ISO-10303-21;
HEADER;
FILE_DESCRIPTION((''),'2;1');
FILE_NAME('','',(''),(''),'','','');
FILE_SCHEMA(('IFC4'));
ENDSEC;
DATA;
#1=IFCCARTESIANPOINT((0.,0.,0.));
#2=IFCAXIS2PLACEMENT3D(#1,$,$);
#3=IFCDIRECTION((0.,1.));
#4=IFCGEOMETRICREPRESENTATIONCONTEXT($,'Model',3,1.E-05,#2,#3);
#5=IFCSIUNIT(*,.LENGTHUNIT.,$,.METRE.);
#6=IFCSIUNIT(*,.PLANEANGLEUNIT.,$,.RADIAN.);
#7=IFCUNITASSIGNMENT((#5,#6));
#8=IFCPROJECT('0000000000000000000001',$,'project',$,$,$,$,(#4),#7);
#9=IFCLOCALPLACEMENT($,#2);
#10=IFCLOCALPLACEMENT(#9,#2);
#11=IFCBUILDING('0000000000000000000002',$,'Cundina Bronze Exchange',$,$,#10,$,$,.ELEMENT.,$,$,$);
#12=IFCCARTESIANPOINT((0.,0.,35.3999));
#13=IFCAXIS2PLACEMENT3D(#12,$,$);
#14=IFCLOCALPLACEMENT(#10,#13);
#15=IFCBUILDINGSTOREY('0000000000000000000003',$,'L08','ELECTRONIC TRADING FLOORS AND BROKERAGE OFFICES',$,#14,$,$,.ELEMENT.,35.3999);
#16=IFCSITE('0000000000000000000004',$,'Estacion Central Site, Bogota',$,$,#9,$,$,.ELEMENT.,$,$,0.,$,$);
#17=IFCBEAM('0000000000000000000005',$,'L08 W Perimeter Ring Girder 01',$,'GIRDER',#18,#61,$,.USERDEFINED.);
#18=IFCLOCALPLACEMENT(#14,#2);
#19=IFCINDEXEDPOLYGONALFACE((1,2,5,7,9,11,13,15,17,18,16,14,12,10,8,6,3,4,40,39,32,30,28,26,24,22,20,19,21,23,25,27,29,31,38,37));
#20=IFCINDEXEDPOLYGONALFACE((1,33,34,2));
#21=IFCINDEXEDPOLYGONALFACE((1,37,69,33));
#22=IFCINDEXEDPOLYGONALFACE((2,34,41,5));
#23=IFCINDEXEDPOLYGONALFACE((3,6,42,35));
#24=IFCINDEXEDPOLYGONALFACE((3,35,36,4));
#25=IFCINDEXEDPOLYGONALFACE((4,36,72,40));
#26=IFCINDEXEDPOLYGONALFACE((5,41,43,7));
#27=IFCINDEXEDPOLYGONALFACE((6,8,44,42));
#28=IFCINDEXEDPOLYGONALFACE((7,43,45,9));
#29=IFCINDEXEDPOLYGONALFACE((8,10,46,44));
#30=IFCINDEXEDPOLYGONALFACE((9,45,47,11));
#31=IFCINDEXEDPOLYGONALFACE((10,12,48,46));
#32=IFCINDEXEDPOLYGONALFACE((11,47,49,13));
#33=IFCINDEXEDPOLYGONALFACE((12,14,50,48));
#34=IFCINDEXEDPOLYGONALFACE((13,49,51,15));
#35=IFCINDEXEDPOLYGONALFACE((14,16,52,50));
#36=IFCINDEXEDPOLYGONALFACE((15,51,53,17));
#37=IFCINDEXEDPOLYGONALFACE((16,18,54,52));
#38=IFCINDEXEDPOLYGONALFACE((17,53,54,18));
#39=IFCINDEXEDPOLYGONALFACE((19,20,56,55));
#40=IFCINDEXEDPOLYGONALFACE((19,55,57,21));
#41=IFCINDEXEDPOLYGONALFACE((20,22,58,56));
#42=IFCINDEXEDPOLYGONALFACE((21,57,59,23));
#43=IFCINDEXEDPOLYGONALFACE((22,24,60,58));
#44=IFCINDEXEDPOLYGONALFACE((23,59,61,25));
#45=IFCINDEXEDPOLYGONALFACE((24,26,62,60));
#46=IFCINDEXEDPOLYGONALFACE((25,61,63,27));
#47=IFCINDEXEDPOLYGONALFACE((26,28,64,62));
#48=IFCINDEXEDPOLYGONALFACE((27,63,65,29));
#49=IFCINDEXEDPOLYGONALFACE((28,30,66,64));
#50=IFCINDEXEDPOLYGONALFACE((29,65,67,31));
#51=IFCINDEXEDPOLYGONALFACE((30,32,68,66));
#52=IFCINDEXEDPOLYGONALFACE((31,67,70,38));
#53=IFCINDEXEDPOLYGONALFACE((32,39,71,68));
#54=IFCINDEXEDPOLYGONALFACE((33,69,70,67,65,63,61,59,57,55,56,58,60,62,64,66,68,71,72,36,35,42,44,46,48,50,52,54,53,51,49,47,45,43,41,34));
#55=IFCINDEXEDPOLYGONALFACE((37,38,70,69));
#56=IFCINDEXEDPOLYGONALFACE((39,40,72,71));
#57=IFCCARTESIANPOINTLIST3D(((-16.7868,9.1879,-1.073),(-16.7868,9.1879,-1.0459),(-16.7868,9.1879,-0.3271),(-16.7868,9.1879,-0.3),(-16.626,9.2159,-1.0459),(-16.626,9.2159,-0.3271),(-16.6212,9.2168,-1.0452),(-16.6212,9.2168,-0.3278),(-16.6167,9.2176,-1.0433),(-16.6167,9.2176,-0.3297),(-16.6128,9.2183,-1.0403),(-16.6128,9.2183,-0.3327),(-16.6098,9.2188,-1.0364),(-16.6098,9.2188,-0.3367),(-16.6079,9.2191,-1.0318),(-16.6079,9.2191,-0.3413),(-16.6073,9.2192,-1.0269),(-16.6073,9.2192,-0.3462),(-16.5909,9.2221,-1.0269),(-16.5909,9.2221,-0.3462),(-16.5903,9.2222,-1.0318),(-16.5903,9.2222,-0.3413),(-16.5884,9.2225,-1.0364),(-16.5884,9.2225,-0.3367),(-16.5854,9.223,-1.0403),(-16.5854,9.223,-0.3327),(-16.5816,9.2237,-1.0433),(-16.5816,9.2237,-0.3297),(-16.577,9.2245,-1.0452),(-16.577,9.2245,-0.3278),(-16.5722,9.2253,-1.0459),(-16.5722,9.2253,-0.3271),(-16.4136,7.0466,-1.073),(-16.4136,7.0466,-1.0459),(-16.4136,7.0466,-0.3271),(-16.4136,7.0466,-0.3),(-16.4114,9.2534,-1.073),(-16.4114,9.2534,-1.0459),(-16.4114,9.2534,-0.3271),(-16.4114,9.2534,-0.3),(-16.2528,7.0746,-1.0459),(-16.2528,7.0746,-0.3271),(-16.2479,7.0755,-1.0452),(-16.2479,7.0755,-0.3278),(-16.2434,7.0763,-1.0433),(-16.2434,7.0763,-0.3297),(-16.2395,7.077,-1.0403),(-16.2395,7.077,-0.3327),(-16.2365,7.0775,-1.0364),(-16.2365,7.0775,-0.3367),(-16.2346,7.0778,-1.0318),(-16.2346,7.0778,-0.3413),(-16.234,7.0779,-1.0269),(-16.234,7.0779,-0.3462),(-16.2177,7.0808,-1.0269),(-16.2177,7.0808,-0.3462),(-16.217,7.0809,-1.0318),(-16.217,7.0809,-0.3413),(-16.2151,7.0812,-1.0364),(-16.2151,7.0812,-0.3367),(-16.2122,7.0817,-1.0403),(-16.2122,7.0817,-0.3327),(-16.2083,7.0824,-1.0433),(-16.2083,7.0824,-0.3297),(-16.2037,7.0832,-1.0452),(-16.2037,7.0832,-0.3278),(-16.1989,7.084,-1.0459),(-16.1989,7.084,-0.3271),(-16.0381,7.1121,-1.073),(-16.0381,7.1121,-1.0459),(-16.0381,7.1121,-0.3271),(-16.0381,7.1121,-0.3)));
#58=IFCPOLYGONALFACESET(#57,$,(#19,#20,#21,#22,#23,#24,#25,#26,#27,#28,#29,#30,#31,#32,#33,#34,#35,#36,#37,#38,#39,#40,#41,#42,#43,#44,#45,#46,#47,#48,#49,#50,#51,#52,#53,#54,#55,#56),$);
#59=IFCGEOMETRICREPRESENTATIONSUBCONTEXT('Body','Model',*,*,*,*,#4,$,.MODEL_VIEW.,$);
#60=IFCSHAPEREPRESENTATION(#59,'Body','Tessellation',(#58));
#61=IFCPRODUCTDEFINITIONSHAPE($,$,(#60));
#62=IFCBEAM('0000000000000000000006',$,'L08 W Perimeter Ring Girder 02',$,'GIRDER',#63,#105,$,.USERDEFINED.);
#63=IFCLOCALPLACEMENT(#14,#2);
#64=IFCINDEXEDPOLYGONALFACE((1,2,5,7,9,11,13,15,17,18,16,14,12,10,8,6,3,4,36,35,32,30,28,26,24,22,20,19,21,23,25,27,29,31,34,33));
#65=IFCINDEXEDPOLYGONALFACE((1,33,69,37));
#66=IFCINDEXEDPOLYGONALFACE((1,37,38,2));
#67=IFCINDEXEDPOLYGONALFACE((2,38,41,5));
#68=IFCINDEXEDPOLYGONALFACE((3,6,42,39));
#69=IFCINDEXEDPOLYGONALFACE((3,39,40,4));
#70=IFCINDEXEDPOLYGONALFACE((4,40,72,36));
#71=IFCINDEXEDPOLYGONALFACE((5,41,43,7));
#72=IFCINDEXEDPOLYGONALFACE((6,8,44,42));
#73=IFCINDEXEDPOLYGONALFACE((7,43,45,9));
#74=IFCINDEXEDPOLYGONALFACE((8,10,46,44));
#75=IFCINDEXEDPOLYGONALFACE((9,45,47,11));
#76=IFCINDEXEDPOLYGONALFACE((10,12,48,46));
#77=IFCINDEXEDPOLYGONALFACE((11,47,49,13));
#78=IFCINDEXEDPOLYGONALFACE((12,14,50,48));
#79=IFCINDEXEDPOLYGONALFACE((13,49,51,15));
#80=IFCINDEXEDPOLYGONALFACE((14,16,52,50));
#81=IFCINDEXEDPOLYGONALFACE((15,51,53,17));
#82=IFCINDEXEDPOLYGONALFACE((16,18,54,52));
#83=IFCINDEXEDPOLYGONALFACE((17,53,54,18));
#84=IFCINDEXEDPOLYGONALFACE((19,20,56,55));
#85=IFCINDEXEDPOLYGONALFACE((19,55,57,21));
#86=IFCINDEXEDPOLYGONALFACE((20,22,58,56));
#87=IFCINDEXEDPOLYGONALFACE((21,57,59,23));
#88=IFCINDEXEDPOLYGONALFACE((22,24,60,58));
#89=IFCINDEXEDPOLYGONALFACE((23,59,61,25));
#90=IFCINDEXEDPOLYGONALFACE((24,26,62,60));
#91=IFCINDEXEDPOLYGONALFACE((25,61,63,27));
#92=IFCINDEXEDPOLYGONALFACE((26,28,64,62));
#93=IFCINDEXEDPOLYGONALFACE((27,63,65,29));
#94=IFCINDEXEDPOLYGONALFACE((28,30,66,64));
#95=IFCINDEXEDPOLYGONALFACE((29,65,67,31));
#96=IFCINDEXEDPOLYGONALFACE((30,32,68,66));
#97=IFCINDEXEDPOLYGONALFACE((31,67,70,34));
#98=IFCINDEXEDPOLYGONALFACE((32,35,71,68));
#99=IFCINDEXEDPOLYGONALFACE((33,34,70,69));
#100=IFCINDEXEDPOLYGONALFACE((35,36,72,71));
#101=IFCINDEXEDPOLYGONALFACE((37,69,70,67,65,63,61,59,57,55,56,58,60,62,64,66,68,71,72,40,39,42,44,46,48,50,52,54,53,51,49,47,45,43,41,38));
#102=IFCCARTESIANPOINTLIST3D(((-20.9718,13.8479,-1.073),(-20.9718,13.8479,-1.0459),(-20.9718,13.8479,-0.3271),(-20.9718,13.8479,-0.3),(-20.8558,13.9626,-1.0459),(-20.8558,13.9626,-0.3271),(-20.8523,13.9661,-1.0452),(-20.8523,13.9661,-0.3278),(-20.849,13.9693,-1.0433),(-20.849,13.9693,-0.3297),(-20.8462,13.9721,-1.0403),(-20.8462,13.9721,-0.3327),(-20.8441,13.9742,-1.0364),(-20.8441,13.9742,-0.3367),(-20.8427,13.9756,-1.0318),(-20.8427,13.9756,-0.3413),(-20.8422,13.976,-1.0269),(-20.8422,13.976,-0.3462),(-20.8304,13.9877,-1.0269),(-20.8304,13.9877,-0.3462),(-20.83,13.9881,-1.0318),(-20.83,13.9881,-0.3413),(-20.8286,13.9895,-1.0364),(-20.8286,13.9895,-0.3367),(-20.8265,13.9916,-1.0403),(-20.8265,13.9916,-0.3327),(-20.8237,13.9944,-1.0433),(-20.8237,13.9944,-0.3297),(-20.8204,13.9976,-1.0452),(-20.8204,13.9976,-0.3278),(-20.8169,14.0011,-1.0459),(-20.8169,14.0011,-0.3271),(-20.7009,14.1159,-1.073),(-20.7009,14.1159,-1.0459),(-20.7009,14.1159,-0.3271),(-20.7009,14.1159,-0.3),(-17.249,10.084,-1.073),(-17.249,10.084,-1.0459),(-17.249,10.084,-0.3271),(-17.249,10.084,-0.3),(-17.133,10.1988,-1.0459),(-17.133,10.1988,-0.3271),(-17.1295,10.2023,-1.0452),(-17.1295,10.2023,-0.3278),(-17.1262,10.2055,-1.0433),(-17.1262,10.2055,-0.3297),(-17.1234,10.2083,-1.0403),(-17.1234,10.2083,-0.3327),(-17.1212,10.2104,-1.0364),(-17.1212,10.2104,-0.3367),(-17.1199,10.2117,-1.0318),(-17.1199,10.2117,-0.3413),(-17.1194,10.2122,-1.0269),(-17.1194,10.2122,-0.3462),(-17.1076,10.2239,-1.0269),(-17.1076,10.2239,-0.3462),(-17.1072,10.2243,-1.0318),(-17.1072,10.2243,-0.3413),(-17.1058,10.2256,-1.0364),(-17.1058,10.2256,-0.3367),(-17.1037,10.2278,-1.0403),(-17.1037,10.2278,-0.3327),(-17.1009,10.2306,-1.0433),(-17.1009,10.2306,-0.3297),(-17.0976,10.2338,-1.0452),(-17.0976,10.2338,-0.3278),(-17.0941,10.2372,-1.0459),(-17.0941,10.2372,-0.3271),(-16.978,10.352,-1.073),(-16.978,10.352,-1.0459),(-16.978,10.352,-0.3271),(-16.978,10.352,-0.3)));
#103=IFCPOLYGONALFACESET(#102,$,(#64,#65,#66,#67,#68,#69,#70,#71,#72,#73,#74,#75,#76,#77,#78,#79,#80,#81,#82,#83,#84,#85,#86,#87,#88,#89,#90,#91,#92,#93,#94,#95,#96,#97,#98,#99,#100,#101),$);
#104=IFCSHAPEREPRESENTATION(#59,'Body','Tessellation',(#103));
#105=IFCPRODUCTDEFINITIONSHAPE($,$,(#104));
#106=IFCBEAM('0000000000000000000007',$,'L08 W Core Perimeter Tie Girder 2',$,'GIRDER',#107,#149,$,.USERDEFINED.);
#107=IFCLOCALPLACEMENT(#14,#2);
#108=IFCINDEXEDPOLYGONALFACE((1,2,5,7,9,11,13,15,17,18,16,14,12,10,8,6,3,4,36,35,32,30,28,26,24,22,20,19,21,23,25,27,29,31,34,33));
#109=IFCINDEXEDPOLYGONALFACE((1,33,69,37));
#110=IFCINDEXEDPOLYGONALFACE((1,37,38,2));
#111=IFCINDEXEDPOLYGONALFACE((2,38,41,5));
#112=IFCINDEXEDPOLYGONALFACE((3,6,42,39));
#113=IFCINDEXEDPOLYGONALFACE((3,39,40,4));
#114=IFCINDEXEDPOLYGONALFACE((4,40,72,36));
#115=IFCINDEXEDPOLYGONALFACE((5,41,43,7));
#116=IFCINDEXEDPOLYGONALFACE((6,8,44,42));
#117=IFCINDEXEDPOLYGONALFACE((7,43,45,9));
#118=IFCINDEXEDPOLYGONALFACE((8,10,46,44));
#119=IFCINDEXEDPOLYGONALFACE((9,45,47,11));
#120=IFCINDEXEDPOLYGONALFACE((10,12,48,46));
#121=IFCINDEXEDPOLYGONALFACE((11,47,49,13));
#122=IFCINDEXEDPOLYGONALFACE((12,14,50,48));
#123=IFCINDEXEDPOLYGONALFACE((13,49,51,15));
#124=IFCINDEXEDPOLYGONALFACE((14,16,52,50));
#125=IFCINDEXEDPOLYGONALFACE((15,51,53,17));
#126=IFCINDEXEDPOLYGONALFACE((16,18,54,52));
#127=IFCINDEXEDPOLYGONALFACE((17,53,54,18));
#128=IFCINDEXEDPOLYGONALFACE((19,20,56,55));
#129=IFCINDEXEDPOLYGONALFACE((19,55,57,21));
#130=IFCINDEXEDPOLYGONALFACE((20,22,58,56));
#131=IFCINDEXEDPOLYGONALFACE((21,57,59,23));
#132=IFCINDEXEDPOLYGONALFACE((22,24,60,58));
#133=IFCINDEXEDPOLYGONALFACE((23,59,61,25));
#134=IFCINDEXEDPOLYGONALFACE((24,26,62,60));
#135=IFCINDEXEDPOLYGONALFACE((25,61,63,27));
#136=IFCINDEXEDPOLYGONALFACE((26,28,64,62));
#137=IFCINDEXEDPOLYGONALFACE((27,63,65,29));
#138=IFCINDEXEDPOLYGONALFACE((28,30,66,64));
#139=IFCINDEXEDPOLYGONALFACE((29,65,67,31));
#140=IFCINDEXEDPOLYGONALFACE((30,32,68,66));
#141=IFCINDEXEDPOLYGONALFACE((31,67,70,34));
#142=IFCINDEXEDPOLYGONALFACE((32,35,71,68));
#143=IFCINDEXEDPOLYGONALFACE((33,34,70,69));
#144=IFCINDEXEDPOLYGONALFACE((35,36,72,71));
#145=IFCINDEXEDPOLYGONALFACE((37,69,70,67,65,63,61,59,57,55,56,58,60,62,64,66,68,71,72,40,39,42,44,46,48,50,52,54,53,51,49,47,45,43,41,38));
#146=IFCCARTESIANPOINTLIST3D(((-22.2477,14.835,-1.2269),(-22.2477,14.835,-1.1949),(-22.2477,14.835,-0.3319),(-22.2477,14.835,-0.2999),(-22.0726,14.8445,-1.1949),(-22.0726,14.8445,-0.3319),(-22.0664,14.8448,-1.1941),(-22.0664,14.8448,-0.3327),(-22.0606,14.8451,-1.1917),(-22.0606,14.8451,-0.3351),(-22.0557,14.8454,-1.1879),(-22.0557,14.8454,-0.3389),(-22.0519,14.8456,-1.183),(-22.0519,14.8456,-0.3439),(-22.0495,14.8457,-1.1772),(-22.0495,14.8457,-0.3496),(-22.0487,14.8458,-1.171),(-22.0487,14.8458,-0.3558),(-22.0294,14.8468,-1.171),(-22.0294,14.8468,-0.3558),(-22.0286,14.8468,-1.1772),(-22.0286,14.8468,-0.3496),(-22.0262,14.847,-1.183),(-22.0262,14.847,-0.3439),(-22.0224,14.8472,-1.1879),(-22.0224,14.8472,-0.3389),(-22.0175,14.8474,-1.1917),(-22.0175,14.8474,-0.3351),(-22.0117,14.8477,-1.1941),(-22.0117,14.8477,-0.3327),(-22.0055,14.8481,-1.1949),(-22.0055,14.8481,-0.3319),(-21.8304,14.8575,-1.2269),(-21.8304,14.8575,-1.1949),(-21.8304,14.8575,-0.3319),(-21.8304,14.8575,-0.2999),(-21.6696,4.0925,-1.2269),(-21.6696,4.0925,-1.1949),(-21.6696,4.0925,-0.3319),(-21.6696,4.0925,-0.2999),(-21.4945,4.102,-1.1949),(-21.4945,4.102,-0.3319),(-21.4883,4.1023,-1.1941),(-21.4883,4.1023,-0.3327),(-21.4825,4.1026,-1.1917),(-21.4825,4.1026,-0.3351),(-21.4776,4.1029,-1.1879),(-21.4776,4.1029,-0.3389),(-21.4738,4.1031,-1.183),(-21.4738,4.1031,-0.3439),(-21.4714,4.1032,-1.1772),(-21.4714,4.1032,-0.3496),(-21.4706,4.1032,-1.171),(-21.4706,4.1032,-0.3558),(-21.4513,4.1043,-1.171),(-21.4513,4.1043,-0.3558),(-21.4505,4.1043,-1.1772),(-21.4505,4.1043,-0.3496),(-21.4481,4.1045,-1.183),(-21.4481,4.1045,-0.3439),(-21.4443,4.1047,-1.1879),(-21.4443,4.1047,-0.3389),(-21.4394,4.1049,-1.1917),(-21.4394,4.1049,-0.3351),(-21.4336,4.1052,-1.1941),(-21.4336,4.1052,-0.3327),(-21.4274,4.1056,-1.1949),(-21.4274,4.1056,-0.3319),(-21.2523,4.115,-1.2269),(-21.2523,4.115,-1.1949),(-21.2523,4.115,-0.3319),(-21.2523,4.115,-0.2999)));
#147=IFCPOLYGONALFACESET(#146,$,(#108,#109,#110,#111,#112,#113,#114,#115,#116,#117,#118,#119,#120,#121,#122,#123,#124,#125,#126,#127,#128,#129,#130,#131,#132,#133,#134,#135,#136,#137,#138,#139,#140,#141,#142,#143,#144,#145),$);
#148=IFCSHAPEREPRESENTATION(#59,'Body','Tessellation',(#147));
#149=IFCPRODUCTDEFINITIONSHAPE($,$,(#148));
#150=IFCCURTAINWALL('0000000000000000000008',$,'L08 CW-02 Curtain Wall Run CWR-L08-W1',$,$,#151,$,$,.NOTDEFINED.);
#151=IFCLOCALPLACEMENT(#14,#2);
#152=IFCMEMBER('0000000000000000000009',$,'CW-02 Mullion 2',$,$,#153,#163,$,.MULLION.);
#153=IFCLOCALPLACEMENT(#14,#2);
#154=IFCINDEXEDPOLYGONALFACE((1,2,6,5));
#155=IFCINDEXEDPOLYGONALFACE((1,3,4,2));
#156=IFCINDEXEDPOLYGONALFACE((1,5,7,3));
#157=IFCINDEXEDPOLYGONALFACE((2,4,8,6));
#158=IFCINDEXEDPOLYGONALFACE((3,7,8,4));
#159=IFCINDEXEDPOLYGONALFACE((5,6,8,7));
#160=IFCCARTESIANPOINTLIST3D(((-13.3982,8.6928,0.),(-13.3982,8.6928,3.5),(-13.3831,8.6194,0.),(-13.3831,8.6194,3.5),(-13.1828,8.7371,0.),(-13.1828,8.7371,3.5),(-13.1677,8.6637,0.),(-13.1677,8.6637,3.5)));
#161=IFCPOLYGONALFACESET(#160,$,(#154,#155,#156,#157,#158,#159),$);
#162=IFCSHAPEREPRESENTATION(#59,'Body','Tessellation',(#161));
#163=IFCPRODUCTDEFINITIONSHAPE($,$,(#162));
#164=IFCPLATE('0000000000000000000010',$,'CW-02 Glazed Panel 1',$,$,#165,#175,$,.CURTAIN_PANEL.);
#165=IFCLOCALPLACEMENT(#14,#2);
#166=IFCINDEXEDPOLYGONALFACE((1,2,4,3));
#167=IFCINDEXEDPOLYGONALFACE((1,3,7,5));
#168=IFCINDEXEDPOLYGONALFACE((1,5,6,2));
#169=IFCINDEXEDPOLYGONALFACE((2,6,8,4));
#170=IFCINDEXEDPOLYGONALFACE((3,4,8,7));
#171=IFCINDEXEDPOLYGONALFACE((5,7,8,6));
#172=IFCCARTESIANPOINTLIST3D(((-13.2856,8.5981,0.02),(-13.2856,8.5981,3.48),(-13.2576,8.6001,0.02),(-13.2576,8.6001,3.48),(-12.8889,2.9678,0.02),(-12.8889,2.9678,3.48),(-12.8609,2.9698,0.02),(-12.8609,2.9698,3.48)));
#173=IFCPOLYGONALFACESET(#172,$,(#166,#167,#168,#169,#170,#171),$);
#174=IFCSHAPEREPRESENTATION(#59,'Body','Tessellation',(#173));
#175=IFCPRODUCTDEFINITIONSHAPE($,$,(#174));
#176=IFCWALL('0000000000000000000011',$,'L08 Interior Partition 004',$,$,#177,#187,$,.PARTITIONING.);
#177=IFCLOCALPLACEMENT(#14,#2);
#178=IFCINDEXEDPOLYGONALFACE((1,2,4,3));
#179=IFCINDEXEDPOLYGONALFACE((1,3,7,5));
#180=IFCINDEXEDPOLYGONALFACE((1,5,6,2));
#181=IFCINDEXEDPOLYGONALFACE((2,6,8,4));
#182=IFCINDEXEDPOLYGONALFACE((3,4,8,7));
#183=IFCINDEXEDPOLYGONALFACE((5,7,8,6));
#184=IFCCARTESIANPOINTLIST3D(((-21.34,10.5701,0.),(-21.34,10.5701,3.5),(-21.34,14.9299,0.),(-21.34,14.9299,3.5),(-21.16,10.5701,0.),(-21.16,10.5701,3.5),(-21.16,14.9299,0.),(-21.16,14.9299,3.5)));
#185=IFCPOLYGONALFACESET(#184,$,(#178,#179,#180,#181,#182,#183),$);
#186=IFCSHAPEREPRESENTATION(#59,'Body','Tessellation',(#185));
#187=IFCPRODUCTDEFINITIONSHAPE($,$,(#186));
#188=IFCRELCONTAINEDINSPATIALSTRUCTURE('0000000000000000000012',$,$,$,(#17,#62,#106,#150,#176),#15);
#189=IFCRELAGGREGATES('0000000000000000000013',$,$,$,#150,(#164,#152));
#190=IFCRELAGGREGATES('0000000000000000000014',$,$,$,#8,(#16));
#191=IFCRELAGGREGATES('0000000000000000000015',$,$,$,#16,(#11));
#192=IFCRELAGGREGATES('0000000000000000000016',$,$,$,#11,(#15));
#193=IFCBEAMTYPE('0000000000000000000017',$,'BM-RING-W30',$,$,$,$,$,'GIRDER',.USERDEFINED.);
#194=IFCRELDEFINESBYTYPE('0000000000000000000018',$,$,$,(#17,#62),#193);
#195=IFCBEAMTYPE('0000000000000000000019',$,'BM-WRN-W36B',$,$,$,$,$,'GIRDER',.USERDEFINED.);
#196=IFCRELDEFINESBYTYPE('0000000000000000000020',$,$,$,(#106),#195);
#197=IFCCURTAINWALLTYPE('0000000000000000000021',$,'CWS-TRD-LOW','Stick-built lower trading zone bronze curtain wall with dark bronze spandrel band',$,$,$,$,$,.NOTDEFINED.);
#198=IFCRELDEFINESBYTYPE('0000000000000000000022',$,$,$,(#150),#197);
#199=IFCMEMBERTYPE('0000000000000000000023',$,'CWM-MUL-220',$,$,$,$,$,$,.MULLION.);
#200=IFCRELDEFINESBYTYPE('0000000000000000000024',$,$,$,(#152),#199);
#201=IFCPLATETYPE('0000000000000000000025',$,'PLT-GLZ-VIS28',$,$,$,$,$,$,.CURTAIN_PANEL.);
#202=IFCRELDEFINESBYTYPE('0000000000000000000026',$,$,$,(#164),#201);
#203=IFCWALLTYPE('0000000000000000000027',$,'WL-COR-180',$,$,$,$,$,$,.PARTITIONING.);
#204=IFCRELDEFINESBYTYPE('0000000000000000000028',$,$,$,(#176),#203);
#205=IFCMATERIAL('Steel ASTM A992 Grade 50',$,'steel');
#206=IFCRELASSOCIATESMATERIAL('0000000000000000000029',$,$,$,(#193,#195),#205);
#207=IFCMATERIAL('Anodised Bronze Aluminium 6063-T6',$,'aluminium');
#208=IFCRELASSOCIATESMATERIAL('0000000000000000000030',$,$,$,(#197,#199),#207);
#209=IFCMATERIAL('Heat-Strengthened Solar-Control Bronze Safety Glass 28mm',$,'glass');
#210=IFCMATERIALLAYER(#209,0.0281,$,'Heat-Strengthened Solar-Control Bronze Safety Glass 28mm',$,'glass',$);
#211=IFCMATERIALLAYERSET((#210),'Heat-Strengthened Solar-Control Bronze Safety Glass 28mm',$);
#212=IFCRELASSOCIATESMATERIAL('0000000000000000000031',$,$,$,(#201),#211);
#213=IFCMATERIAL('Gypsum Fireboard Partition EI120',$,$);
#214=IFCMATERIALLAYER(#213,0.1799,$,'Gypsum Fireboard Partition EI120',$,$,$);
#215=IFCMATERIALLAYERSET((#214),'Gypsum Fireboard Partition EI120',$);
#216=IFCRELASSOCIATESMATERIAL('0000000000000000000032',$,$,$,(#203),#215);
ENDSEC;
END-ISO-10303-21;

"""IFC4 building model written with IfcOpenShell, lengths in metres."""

from ifc_helpers import new_model, si_unit, direction, frame, frame_2d, origin, origin_2d, place, context, subcontext, project, spatial, rectangle, i_section, extrude, material, layer, layer_set, material_profile, profile_set, type_object, element, aggregate, save


model = new_model("IFC4")

# Units and contexts
model_context = context("Model", 3, precision=1e-05, world=origin(), true_north=direction((0.0, 1.0)))
body_context = subcontext(model_context, "Body", "Model", "MODEL_VIEW")
ifc_project = project(units=[si_unit("LENGTHUNIT", "METRE"), si_unit("PLANEANGLEUNIT", "RADIAN")], contexts=[model_context])

# Site, building, storey
site_placement = place(None, origin())
site = spatial("IfcSite", under=ifc_project, at=site_placement, Name="Estacion Central Site, Bogota", CompositionType="ELEMENT", RefElevation=0.0)
building_placement = place(site_placement, origin())
building = spatial("IfcBuilding", under=site, at=building_placement, Name="Cundina Bronze Exchange", CompositionType="ELEMENT")
storey_placement = place(building_placement, frame((0.0, 0.0, 35.3999)))
storey = spatial("IfcBuildingStorey", under=building, at=storey_placement, Name="L08", Description="ELECTRONIC TRADING FLOORS AND BROKERAGE OFFICES", CompositionType="ELEMENT", Elevation=35.3999)

# Beams
ifc_material_1 = material(Name="Steel ASTM A992 Grade 50", Category="steel")
ifc_material_profile_1 = material_profile(ifc_material_1, i_section(OverallWidth=0.3811, OverallDepth=0.7729, WebThickness=0.0166, FlangeThickness=0.0271, FilletRadius=0.019, at=origin_2d()), Name="W30X173", Category="steel")
ifc_profile_set_1 = profile_set([ifc_material_profile_1], Name="Steel ASTM A992 Grade 50")
beam_type_1 = type_object("IfcBeamType", Name="BM-RING-W30", ElementType="GIRDER", PredefinedType="USERDEFINED", material=ifc_profile_set_1)
beam_1_placement = place(storey_placement, frame((-16.2258, 7.0793, -0.6865), z_axis=(-0.171735, 0.985143, 0.0), x_axis=(-0.985143, -0.171735, 0.0)))
element("IfcBeam", 1, at=beam_1_placement, inside=storey, type_object=beam_type_1, Name="L08 W Perimeter Ring Girder 01", ObjectType="GIRDER", PredefinedType="USERDEFINED", context=body_context, shape_type="SweptSolid", body=[
    extrude(i_section(OverallWidth=0.3811, OverallDepth=0.7729, WebThickness=0.0166, FlangeThickness=0.0271, FilletRadius=0.019, at=origin_2d()), origin(), (0.0, 0.0, 1.0), 2.1736),
])
beam_2_placement = place(storey_placement, frame((-17.1135, 10.218, -0.6865), z_axis=(-0.703222, 0.71097, 0.0), x_axis=(-0.71097, -0.703222, 0.0)))
element("IfcBeam", 2, at=beam_2_placement, inside=storey, type_object=beam_type_1, Name="L08 W Perimeter Ring Girder 02", ObjectType="GIRDER", PredefinedType="USERDEFINED", context=body_context, shape_type="SweptSolid", body=[
    extrude(i_section(OverallWidth=0.3811, OverallDepth=0.7729, WebThickness=0.0166, FlangeThickness=0.0271, FilletRadius=0.019, at=origin_2d()), origin(), (0.0, 0.0, 1.0), 5.2939),
])
ifc_material_profile_2 = material_profile(ifc_material_1, i_section(OverallWidth=0.418, OverallDepth=0.927, WebThickness=0.0193, FlangeThickness=0.032, FilletRadius=0.0239, at=origin_2d()), Name="W36X231", Category="steel")
ifc_profile_set_2 = profile_set([ifc_material_profile_2], Name="Steel ASTM A992 Grade 50")
beam_type_2 = type_object("IfcBeamType", Name="BM-WRN-W36B", ElementType="GIRDER", PredefinedType="USERDEFINED", material=ifc_profile_set_2)
beam_3_placement = place(storey_placement, frame((-21.4609, 4.1038, -0.7634), z_axis=(-0.053739, 0.998555, 0.0), x_axis=(-0.998555, -0.053739, 0.0)))
element("IfcBeam", 3, at=beam_3_placement, inside=storey, type_object=beam_type_2, Name="L08 W Core Perimeter Tie Girder 2", ObjectType="GIRDER", PredefinedType="USERDEFINED", context=body_context, shape_type="SweptSolid", body=[
    extrude(i_section(OverallWidth=0.418, OverallDepth=0.927, WebThickness=0.0193, FlangeThickness=0.032, FilletRadius=0.0239, at=origin_2d()), origin(), (0.0, 0.0, 1.0), 10.7581),
])

# Curtain wall, member, plate
ifc_material_2 = material(Name="Anodised Bronze Aluminium 6063-T6", Category="aluminium")
curtain_wall_type = type_object("IfcCurtainWallType", Name="CWS-TRD-LOW", Description="Stick-built lower trading zone bronze curtain wall with dark bronze spandrel band", PredefinedType="NOTDEFINED", material=ifc_material_2)
curtain_wall_placement = place(storey_placement, origin())
curtain_wall = element("IfcCurtainWall", 4, at=curtain_wall_placement, inside=storey, type_object=curtain_wall_type, Name="L08 CW-02 Curtain Wall Run CWR-L08-W1", PredefinedType="NOTDEFINED")
ifc_material_profile_3 = material_profile(ifc_material_2, rectangle(XDim=0.075, YDim=0.22, at=origin_2d()), Name="AL75X220", Category="aluminium")
ifc_profile_set_3 = profile_set([ifc_material_profile_3], Name="Anodised Bronze Aluminium 6063-T6")
member_type = type_object("IfcMemberType", Name="CWM-MUL-220", PredefinedType="MULLION", material=ifc_profile_set_3)
member_placement = place(storey_placement, frame((-13.283, 8.6782, 0.0), z_axis=(0.0, 0.0, 1.0), x_axis=(-0.20142, 0.979505, 0.0)))
member = element("IfcMember", 5, at=member_placement, type_object=member_type, Name="CW-02 Mullion 2", PredefinedType="MULLION", context=body_context, shape_type="SweptSolid", body=[
    extrude(rectangle(XDim=0.075, YDim=0.22, at=origin_2d()), origin(), (0.0, 0.0, 1.0), 3.5),
])
ifc_material_3 = material(Name="Heat-Strengthened Solar-Control Bronze Safety Glass 28mm", Category="glass")
ifc_layer_1 = layer(ifc_material_3, 0.0281, Name="Heat-Strengthened Solar-Control Bronze Safety Glass 28mm", Category="glass")
ifc_layer_set_1 = layer_set([ifc_layer_1], Name="Heat-Strengthened Solar-Control Bronze Safety Glass 28mm")
plate_type = type_object("IfcPlateType", Name="PLT-GLZ-VIS28", PredefinedType="CURTAIN_PANEL", material=ifc_layer_set_1)
plate_placement = place(storey_placement, frame((-13.0732, 5.7839, 0.02), z_axis=(0.0, 0.0, 1.0), x_axis=(-0.070279, 0.997527, 0.0)))
plate = element("IfcPlate", 6, at=plate_placement, type_object=plate_type, Name="CW-02 Glazed Panel 1", PredefinedType="CURTAIN_PANEL", context=body_context, shape_type="SweptSolid", body=[
    extrude(rectangle(XDim=5.6443, YDim=0.0281, at=origin_2d()), origin(), (0.0, 0.0, 1.0), 3.46),
])
aggregate(curtain_wall, [plate, member])

# Wall
ifc_material_4 = material(Name="Gypsum Fireboard Partition EI120")
ifc_layer_2 = layer(ifc_material_4, 0.1799, Name="Gypsum Fireboard Partition EI120")
ifc_layer_set_2 = layer_set([ifc_layer_2], Name="Gypsum Fireboard Partition EI120")
wall_type_1 = type_object("IfcWallType", Name="WL-COR-180", PredefinedType="PARTITIONING", material=ifc_layer_set_2)
wall_1_placement = place(storey_placement, frame((-21.25, 10.5701, 0.0), z_axis=(0.0, 0.0, 1.0), x_axis=(0.0, 1.0, 0.0)))
element("IfcWall", 7, at=wall_1_placement, inside=storey, type_object=wall_type_1, Name="L08 Interior Partition 004", PredefinedType="PARTITIONING", context=body_context, shape_type="SweptSolid", body=[
    extrude(rectangle(XDim=4.3599, YDim=0.1799, at=frame_2d((2.1799, 0.0))), origin(), (0.0, 0.0, 1.0), 3.5),
])

save(model, "model.ifc")
